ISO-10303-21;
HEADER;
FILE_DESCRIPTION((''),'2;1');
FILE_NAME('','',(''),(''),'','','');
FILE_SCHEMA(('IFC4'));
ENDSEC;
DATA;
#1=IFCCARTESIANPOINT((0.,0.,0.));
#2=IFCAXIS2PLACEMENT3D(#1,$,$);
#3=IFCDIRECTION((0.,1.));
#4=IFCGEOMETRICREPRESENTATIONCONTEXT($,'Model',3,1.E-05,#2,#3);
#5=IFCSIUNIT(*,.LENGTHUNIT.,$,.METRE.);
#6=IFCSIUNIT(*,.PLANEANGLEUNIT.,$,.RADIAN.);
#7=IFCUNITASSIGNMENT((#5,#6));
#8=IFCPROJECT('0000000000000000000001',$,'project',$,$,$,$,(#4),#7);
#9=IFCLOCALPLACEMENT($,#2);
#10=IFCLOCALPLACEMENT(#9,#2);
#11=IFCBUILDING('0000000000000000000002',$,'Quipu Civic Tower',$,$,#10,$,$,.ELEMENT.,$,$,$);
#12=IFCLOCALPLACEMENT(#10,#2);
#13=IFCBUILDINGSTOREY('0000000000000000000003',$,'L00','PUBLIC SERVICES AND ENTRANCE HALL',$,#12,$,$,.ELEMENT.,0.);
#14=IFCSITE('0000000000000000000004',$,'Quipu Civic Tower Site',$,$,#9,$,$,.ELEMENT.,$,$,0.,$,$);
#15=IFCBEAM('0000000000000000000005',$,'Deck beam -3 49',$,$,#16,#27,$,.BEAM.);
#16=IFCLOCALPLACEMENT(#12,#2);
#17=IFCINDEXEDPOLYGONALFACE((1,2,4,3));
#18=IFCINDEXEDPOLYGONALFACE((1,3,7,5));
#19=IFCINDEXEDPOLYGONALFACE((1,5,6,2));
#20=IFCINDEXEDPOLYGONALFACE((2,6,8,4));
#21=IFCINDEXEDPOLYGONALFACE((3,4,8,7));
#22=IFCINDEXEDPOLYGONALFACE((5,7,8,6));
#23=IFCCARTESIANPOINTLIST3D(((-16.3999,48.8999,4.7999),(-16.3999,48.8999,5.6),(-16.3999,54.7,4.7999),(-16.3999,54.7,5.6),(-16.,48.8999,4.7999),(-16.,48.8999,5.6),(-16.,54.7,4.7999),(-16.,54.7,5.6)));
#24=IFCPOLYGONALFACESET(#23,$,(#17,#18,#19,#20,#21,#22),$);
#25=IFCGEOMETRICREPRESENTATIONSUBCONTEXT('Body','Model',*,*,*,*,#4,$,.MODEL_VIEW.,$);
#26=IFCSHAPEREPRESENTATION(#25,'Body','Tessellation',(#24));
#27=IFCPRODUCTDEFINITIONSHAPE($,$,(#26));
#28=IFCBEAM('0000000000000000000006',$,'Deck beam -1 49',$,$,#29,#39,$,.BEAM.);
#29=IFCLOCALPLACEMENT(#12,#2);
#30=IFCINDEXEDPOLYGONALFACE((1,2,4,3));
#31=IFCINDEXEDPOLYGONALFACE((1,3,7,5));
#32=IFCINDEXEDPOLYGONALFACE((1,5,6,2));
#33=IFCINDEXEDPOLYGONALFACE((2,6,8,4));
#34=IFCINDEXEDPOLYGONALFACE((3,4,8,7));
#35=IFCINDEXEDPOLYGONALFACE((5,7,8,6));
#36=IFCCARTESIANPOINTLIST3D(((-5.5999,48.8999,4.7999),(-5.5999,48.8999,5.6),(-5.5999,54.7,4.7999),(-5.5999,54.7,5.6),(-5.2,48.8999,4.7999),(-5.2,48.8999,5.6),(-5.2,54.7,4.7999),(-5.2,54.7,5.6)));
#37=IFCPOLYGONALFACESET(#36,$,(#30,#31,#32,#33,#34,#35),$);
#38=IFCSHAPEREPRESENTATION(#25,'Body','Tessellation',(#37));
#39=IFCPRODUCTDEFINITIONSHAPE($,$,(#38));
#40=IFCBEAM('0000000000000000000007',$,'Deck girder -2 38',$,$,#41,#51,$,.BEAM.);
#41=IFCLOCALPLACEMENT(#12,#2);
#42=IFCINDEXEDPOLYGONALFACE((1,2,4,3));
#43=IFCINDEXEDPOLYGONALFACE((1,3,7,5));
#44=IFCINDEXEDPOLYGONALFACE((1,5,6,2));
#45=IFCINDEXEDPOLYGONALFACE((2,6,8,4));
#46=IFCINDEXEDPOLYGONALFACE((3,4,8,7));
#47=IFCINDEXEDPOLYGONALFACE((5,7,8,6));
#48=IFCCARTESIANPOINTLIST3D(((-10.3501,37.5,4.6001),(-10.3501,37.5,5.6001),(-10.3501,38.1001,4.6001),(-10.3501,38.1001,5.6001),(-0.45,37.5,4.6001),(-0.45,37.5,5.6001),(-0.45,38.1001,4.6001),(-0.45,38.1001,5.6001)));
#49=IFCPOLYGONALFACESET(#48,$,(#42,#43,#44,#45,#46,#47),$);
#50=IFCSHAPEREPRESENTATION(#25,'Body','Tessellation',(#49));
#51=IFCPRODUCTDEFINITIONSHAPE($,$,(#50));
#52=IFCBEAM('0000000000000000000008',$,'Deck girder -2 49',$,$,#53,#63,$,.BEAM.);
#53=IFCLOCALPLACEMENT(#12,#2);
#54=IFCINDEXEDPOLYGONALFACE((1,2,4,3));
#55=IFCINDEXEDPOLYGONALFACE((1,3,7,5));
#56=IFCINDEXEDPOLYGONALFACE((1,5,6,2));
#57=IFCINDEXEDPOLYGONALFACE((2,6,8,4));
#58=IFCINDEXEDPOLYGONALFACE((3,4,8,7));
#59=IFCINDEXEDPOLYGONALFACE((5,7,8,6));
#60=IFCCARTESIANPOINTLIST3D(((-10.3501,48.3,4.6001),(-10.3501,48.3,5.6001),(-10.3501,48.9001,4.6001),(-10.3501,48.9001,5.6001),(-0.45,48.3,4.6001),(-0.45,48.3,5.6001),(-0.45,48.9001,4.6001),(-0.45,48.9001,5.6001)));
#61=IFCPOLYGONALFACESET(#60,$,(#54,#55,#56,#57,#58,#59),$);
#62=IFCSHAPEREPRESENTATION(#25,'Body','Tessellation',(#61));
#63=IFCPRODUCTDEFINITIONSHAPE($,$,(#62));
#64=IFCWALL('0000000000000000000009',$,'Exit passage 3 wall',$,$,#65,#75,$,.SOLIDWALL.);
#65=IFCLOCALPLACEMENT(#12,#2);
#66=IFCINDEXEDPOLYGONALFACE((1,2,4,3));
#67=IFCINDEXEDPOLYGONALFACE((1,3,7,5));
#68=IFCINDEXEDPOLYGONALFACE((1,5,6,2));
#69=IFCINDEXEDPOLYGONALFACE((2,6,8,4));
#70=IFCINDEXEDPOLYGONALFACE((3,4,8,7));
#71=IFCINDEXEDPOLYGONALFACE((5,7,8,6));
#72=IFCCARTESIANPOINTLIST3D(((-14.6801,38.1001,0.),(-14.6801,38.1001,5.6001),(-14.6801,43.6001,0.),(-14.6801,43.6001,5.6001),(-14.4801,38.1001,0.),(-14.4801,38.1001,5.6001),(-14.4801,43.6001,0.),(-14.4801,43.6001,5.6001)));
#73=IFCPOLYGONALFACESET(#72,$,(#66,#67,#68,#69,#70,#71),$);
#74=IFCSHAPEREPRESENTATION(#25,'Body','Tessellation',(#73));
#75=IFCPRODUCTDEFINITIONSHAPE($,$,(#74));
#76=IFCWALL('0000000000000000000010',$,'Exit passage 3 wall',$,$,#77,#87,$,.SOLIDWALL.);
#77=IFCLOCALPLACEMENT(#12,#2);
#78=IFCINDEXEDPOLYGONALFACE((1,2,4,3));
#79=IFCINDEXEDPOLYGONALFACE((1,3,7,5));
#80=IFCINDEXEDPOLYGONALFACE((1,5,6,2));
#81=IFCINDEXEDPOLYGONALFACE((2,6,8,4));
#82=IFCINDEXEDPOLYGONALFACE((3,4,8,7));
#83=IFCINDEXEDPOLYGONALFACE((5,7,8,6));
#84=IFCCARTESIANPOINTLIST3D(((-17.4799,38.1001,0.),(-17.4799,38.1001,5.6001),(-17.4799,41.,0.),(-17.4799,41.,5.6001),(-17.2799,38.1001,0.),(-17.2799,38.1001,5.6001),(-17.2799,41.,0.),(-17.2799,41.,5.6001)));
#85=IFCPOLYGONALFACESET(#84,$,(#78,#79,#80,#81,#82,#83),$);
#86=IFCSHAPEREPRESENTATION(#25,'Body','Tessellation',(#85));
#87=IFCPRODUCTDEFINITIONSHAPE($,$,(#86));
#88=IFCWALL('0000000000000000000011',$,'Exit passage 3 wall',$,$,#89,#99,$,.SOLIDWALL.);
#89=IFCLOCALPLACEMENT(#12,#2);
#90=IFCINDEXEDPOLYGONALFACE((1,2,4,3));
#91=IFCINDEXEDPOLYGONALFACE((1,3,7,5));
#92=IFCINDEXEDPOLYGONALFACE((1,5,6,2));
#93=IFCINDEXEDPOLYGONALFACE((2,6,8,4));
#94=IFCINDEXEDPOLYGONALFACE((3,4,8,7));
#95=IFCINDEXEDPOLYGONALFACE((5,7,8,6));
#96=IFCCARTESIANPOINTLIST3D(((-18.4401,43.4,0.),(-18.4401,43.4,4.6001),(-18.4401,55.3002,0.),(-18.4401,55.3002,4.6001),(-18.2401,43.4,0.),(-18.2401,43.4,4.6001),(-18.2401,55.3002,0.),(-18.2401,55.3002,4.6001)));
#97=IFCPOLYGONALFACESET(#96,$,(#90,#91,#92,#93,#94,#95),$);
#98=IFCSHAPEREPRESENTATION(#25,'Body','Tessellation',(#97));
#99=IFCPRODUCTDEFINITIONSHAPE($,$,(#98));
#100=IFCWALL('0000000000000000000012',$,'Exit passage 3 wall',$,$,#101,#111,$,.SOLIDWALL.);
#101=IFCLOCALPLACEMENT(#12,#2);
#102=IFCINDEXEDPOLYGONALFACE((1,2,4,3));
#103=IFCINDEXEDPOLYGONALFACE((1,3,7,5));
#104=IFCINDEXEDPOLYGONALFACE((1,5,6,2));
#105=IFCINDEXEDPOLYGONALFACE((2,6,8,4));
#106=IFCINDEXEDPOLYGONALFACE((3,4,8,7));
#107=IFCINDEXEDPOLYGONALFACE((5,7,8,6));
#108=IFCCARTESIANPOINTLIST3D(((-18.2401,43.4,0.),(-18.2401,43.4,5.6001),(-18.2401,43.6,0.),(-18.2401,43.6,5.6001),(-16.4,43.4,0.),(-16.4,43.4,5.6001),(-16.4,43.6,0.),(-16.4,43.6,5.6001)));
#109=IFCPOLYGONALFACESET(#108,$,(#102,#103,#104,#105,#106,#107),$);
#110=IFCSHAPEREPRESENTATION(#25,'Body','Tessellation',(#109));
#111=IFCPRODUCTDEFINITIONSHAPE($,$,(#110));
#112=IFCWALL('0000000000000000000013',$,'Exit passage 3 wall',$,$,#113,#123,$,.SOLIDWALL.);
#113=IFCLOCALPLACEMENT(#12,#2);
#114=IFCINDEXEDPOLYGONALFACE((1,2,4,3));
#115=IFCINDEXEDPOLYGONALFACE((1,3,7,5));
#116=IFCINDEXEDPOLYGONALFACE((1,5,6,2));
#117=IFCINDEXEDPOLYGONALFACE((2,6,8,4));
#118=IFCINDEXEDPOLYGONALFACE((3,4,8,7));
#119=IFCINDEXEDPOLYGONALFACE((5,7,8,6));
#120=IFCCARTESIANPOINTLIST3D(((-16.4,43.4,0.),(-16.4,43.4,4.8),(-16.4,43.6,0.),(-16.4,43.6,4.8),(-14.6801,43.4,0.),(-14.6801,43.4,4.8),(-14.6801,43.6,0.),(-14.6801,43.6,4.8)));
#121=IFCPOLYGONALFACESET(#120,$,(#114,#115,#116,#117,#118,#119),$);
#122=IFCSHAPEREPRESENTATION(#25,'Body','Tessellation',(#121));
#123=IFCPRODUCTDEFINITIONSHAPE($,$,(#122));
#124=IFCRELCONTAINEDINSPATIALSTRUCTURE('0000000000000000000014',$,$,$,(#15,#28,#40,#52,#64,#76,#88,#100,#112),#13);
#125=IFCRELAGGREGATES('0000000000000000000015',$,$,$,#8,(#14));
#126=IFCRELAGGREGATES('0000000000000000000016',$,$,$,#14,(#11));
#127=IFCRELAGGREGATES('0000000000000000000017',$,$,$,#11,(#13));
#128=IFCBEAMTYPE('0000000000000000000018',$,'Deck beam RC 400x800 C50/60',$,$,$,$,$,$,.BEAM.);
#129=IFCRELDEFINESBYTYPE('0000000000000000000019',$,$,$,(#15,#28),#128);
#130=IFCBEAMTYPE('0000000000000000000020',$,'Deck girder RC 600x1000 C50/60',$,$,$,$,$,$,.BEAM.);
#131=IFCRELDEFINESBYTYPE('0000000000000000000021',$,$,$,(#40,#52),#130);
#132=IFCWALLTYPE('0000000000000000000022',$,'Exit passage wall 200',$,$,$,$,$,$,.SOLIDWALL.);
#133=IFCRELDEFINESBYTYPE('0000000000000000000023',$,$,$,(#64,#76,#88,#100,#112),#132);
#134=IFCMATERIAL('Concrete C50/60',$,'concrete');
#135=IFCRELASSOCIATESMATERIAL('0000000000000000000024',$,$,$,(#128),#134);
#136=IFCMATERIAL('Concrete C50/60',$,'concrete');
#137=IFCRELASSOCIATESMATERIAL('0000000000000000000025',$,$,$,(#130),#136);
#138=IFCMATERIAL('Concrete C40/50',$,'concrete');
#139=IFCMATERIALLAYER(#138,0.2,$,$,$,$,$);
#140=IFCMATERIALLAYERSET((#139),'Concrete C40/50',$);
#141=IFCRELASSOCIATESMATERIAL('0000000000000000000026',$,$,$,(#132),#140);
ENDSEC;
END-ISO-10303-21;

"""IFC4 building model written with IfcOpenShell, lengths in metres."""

from ifc_helpers import new_model, si_unit, direction, frame, frame_2d, origin, origin_2d, place, context, subcontext, project, spatial, rectangle, extrude, material, layer, layer_set, material_profile, profile_set, type_object, element, save


model = new_model("IFC4")

# Units and contexts
model_context = context("Model", 3, precision=1e-05, world=origin(), true_north=direction((0.0, 1.0)))
body_context = subcontext(model_context, "Body", "Model", "MODEL_VIEW")
ifc_project = project(units=[si_unit("LENGTHUNIT", "METRE"), si_unit("PLANEANGLEUNIT", "RADIAN")], contexts=[model_context])

# Site, building, storey
site_placement = place(None, origin())
site = spatial("IfcSite", under=ifc_project, at=site_placement, Name="Quipu Civic Tower Site", CompositionType="ELEMENT", RefElevation=0.0)
building_placement = place(site_placement, origin())
building = spatial("IfcBuilding", under=site, at=building_placement, Name="Quipu Civic Tower", CompositionType="ELEMENT")
storey_placement = place(building_placement, origin())
storey = spatial("IfcBuildingStorey", under=building, at=storey_placement, Name="L00", Description="PUBLIC SERVICES AND ENTRANCE HALL", CompositionType="ELEMENT", Elevation=0.0)

# Beams
ifc_material_1 = material(Name="Concrete C50/60", Category="concrete")
ifc_material_profile_1 = material_profile(ifc_material_1, rectangle(XDim=0.3999, YDim=0.8, at=origin_2d()), Name="RC400x800")
ifc_profile_set_1 = profile_set([ifc_material_profile_1], Name="Concrete C50/60")
beam_type_1 = type_object("IfcBeamType", Name="Deck beam RC 400x800 C50/60", PredefinedType="BEAM", material=ifc_profile_set_1)
for number, where, z_axis, x_axis, name in (
    (1, (-16.2, 48.8999, 5.2), (0.0, 1.0, 0.0), (-1.0, 0.0, 0.0), "Deck beam -3 49"),
    (2, (-5.3999, 48.8999, 5.2), (0.0, 1.0, 0.0), (-1.0, 0.0, 0.0), "Deck beam -1 49"),
):
    element("IfcBeam", number, at=place(storey_placement, frame(where, z_axis=z_axis, x_axis=x_axis)), inside=storey, type_object=beam_type_1, Name=name, PredefinedType="BEAM", context=body_context, shape_type="SweptSolid", body=[
        extrude(rectangle(XDim=0.3999, YDim=0.8, at=origin_2d()), origin(), (0.0, 0.0, 1.0), 5.8),
    ])
ifc_material_2 = material(Name="Concrete C50/60", Category="concrete")
ifc_material_profile_2 = material_profile(ifc_material_2, rectangle(XDim=0.6001, YDim=1.0, at=origin_2d()), Name="RC600x1000")
ifc_profile_set_2 = profile_set([ifc_material_profile_2], Name="Concrete C50/60")
beam_type_2 = type_object("IfcBeamType", Name="Deck girder RC 600x1000 C50/60", PredefinedType="BEAM", material=ifc_profile_set_2)
for number, where, z_axis, x_axis, name in (
    (3, (-10.3501, 37.8, 5.1001), (1.0, 0.0, 0.0), (0.0, 1.0, 0.0), "Deck girder -2 38"),
    (4, (-10.3501, 48.6001, 5.1001), (1.0, 0.0, 0.0), (0.0, 1.0, 0.0), "Deck girder -2 49"),
):
    element("IfcBeam", number, at=place(storey_placement, frame(where, z_axis=z_axis, x_axis=x_axis)), inside=storey, type_object=beam_type_2, Name=name, PredefinedType="BEAM", context=body_context, shape_type="SweptSolid", body=[
        extrude(rectangle(XDim=0.6001, YDim=1.0, at=origin_2d()), origin(), (0.0, 0.0, 1.0), 9.9001),
    ])

# Walls
ifc_material_3 = material(Name="Concrete C40/50", Category="concrete")
ifc_layer = layer(ifc_material_3, 0.2)
ifc_layer_set = layer_set([ifc_layer], Name="Concrete C40/50")
wall_type = type_object("IfcWallType", Name="Exit passage wall 200", PredefinedType="SOLIDWALL", material=ifc_layer_set)
wall_1_placement = place(storey_placement, frame((-14.5801, 38.1001, 0.0), z_axis=(0.0, 0.0, 1.0), x_axis=(0.0, 1.0, 0.0)))
element("IfcWall", 5, at=wall_1_placement, inside=storey, type_object=wall_type, Name="Exit passage 3 wall", PredefinedType="SOLIDWALL", context=body_context, shape_type="SweptSolid", body=[
    extrude(rectangle(XDim=5.5, YDim=0.2, at=frame_2d((2.75, 0.0))), origin(), (0.0, 0.0, 1.0), 5.6001),
])
wall_2_placement = place(storey_placement, frame((-17.3799, 38.1001, 0.0), z_axis=(0.0, 0.0, 1.0), x_axis=(0.0, 1.0, 0.0)))
element("IfcWall", 6, at=wall_2_placement, inside=storey, type_object=wall_type, Name="Exit passage 3 wall", PredefinedType="SOLIDWALL", context=body_context, shape_type="SweptSolid", body=[
    extrude(rectangle(XDim=2.8999, YDim=0.2, at=frame_2d((1.45, 0.0))), origin(), (0.0, 0.0, 1.0), 5.6001),
])
wall_3_placement = place(storey_placement, frame((-18.3401, 43.3999, 0.0), z_axis=(0.0, 0.0, 1.0), x_axis=(0.0, 1.0, 0.0)))
element("IfcWall", 7, at=wall_3_placement, inside=storey, type_object=wall_type, Name="Exit passage 3 wall", PredefinedType="SOLIDWALL", context=body_context, shape_type="SweptSolid", body=[
    extrude(rectangle(XDim=11.9001, YDim=0.2, at=frame_2d((5.9502, 0.0))), origin(), (0.0, 0.0, 1.0), 4.6001),
])
wall_4_placement = place(storey_placement, frame((-18.24, 43.5, 0.0), z_axis=(0.0, 0.0, 1.0), x_axis=(1.0, 0.0, 0.0)))
element("IfcWall", 8, at=wall_4_placement, inside=storey, type_object=wall_type, Name="Exit passage 3 wall", PredefinedType="SOLIDWALL", context=body_context, shape_type="SweptSolid", body=[
    extrude(rectangle(XDim=1.8401, YDim=0.2, at=frame_2d((0.9199, 0.0))), origin(), (0.0, 0.0, 1.0), 5.6001),
])
wall_5_placement = place(storey_placement, frame((-16.3999, 43.5, 0.0), z_axis=(0.0, 0.0, 1.0), x_axis=(1.0, 0.0, 0.0)))
element("IfcWall", 9, at=wall_5_placement, inside=storey, type_object=wall_type, Name="Exit passage 3 wall", PredefinedType="SOLIDWALL", context=body_context, shape_type="SweptSolid", body=[
    extrude(rectangle(XDim=1.72, YDim=0.2, at=frame_2d((0.8599, 0.0))), origin(), (0.0, 0.0, 1.0), 4.8),
])

save(model, "model.ifc")
